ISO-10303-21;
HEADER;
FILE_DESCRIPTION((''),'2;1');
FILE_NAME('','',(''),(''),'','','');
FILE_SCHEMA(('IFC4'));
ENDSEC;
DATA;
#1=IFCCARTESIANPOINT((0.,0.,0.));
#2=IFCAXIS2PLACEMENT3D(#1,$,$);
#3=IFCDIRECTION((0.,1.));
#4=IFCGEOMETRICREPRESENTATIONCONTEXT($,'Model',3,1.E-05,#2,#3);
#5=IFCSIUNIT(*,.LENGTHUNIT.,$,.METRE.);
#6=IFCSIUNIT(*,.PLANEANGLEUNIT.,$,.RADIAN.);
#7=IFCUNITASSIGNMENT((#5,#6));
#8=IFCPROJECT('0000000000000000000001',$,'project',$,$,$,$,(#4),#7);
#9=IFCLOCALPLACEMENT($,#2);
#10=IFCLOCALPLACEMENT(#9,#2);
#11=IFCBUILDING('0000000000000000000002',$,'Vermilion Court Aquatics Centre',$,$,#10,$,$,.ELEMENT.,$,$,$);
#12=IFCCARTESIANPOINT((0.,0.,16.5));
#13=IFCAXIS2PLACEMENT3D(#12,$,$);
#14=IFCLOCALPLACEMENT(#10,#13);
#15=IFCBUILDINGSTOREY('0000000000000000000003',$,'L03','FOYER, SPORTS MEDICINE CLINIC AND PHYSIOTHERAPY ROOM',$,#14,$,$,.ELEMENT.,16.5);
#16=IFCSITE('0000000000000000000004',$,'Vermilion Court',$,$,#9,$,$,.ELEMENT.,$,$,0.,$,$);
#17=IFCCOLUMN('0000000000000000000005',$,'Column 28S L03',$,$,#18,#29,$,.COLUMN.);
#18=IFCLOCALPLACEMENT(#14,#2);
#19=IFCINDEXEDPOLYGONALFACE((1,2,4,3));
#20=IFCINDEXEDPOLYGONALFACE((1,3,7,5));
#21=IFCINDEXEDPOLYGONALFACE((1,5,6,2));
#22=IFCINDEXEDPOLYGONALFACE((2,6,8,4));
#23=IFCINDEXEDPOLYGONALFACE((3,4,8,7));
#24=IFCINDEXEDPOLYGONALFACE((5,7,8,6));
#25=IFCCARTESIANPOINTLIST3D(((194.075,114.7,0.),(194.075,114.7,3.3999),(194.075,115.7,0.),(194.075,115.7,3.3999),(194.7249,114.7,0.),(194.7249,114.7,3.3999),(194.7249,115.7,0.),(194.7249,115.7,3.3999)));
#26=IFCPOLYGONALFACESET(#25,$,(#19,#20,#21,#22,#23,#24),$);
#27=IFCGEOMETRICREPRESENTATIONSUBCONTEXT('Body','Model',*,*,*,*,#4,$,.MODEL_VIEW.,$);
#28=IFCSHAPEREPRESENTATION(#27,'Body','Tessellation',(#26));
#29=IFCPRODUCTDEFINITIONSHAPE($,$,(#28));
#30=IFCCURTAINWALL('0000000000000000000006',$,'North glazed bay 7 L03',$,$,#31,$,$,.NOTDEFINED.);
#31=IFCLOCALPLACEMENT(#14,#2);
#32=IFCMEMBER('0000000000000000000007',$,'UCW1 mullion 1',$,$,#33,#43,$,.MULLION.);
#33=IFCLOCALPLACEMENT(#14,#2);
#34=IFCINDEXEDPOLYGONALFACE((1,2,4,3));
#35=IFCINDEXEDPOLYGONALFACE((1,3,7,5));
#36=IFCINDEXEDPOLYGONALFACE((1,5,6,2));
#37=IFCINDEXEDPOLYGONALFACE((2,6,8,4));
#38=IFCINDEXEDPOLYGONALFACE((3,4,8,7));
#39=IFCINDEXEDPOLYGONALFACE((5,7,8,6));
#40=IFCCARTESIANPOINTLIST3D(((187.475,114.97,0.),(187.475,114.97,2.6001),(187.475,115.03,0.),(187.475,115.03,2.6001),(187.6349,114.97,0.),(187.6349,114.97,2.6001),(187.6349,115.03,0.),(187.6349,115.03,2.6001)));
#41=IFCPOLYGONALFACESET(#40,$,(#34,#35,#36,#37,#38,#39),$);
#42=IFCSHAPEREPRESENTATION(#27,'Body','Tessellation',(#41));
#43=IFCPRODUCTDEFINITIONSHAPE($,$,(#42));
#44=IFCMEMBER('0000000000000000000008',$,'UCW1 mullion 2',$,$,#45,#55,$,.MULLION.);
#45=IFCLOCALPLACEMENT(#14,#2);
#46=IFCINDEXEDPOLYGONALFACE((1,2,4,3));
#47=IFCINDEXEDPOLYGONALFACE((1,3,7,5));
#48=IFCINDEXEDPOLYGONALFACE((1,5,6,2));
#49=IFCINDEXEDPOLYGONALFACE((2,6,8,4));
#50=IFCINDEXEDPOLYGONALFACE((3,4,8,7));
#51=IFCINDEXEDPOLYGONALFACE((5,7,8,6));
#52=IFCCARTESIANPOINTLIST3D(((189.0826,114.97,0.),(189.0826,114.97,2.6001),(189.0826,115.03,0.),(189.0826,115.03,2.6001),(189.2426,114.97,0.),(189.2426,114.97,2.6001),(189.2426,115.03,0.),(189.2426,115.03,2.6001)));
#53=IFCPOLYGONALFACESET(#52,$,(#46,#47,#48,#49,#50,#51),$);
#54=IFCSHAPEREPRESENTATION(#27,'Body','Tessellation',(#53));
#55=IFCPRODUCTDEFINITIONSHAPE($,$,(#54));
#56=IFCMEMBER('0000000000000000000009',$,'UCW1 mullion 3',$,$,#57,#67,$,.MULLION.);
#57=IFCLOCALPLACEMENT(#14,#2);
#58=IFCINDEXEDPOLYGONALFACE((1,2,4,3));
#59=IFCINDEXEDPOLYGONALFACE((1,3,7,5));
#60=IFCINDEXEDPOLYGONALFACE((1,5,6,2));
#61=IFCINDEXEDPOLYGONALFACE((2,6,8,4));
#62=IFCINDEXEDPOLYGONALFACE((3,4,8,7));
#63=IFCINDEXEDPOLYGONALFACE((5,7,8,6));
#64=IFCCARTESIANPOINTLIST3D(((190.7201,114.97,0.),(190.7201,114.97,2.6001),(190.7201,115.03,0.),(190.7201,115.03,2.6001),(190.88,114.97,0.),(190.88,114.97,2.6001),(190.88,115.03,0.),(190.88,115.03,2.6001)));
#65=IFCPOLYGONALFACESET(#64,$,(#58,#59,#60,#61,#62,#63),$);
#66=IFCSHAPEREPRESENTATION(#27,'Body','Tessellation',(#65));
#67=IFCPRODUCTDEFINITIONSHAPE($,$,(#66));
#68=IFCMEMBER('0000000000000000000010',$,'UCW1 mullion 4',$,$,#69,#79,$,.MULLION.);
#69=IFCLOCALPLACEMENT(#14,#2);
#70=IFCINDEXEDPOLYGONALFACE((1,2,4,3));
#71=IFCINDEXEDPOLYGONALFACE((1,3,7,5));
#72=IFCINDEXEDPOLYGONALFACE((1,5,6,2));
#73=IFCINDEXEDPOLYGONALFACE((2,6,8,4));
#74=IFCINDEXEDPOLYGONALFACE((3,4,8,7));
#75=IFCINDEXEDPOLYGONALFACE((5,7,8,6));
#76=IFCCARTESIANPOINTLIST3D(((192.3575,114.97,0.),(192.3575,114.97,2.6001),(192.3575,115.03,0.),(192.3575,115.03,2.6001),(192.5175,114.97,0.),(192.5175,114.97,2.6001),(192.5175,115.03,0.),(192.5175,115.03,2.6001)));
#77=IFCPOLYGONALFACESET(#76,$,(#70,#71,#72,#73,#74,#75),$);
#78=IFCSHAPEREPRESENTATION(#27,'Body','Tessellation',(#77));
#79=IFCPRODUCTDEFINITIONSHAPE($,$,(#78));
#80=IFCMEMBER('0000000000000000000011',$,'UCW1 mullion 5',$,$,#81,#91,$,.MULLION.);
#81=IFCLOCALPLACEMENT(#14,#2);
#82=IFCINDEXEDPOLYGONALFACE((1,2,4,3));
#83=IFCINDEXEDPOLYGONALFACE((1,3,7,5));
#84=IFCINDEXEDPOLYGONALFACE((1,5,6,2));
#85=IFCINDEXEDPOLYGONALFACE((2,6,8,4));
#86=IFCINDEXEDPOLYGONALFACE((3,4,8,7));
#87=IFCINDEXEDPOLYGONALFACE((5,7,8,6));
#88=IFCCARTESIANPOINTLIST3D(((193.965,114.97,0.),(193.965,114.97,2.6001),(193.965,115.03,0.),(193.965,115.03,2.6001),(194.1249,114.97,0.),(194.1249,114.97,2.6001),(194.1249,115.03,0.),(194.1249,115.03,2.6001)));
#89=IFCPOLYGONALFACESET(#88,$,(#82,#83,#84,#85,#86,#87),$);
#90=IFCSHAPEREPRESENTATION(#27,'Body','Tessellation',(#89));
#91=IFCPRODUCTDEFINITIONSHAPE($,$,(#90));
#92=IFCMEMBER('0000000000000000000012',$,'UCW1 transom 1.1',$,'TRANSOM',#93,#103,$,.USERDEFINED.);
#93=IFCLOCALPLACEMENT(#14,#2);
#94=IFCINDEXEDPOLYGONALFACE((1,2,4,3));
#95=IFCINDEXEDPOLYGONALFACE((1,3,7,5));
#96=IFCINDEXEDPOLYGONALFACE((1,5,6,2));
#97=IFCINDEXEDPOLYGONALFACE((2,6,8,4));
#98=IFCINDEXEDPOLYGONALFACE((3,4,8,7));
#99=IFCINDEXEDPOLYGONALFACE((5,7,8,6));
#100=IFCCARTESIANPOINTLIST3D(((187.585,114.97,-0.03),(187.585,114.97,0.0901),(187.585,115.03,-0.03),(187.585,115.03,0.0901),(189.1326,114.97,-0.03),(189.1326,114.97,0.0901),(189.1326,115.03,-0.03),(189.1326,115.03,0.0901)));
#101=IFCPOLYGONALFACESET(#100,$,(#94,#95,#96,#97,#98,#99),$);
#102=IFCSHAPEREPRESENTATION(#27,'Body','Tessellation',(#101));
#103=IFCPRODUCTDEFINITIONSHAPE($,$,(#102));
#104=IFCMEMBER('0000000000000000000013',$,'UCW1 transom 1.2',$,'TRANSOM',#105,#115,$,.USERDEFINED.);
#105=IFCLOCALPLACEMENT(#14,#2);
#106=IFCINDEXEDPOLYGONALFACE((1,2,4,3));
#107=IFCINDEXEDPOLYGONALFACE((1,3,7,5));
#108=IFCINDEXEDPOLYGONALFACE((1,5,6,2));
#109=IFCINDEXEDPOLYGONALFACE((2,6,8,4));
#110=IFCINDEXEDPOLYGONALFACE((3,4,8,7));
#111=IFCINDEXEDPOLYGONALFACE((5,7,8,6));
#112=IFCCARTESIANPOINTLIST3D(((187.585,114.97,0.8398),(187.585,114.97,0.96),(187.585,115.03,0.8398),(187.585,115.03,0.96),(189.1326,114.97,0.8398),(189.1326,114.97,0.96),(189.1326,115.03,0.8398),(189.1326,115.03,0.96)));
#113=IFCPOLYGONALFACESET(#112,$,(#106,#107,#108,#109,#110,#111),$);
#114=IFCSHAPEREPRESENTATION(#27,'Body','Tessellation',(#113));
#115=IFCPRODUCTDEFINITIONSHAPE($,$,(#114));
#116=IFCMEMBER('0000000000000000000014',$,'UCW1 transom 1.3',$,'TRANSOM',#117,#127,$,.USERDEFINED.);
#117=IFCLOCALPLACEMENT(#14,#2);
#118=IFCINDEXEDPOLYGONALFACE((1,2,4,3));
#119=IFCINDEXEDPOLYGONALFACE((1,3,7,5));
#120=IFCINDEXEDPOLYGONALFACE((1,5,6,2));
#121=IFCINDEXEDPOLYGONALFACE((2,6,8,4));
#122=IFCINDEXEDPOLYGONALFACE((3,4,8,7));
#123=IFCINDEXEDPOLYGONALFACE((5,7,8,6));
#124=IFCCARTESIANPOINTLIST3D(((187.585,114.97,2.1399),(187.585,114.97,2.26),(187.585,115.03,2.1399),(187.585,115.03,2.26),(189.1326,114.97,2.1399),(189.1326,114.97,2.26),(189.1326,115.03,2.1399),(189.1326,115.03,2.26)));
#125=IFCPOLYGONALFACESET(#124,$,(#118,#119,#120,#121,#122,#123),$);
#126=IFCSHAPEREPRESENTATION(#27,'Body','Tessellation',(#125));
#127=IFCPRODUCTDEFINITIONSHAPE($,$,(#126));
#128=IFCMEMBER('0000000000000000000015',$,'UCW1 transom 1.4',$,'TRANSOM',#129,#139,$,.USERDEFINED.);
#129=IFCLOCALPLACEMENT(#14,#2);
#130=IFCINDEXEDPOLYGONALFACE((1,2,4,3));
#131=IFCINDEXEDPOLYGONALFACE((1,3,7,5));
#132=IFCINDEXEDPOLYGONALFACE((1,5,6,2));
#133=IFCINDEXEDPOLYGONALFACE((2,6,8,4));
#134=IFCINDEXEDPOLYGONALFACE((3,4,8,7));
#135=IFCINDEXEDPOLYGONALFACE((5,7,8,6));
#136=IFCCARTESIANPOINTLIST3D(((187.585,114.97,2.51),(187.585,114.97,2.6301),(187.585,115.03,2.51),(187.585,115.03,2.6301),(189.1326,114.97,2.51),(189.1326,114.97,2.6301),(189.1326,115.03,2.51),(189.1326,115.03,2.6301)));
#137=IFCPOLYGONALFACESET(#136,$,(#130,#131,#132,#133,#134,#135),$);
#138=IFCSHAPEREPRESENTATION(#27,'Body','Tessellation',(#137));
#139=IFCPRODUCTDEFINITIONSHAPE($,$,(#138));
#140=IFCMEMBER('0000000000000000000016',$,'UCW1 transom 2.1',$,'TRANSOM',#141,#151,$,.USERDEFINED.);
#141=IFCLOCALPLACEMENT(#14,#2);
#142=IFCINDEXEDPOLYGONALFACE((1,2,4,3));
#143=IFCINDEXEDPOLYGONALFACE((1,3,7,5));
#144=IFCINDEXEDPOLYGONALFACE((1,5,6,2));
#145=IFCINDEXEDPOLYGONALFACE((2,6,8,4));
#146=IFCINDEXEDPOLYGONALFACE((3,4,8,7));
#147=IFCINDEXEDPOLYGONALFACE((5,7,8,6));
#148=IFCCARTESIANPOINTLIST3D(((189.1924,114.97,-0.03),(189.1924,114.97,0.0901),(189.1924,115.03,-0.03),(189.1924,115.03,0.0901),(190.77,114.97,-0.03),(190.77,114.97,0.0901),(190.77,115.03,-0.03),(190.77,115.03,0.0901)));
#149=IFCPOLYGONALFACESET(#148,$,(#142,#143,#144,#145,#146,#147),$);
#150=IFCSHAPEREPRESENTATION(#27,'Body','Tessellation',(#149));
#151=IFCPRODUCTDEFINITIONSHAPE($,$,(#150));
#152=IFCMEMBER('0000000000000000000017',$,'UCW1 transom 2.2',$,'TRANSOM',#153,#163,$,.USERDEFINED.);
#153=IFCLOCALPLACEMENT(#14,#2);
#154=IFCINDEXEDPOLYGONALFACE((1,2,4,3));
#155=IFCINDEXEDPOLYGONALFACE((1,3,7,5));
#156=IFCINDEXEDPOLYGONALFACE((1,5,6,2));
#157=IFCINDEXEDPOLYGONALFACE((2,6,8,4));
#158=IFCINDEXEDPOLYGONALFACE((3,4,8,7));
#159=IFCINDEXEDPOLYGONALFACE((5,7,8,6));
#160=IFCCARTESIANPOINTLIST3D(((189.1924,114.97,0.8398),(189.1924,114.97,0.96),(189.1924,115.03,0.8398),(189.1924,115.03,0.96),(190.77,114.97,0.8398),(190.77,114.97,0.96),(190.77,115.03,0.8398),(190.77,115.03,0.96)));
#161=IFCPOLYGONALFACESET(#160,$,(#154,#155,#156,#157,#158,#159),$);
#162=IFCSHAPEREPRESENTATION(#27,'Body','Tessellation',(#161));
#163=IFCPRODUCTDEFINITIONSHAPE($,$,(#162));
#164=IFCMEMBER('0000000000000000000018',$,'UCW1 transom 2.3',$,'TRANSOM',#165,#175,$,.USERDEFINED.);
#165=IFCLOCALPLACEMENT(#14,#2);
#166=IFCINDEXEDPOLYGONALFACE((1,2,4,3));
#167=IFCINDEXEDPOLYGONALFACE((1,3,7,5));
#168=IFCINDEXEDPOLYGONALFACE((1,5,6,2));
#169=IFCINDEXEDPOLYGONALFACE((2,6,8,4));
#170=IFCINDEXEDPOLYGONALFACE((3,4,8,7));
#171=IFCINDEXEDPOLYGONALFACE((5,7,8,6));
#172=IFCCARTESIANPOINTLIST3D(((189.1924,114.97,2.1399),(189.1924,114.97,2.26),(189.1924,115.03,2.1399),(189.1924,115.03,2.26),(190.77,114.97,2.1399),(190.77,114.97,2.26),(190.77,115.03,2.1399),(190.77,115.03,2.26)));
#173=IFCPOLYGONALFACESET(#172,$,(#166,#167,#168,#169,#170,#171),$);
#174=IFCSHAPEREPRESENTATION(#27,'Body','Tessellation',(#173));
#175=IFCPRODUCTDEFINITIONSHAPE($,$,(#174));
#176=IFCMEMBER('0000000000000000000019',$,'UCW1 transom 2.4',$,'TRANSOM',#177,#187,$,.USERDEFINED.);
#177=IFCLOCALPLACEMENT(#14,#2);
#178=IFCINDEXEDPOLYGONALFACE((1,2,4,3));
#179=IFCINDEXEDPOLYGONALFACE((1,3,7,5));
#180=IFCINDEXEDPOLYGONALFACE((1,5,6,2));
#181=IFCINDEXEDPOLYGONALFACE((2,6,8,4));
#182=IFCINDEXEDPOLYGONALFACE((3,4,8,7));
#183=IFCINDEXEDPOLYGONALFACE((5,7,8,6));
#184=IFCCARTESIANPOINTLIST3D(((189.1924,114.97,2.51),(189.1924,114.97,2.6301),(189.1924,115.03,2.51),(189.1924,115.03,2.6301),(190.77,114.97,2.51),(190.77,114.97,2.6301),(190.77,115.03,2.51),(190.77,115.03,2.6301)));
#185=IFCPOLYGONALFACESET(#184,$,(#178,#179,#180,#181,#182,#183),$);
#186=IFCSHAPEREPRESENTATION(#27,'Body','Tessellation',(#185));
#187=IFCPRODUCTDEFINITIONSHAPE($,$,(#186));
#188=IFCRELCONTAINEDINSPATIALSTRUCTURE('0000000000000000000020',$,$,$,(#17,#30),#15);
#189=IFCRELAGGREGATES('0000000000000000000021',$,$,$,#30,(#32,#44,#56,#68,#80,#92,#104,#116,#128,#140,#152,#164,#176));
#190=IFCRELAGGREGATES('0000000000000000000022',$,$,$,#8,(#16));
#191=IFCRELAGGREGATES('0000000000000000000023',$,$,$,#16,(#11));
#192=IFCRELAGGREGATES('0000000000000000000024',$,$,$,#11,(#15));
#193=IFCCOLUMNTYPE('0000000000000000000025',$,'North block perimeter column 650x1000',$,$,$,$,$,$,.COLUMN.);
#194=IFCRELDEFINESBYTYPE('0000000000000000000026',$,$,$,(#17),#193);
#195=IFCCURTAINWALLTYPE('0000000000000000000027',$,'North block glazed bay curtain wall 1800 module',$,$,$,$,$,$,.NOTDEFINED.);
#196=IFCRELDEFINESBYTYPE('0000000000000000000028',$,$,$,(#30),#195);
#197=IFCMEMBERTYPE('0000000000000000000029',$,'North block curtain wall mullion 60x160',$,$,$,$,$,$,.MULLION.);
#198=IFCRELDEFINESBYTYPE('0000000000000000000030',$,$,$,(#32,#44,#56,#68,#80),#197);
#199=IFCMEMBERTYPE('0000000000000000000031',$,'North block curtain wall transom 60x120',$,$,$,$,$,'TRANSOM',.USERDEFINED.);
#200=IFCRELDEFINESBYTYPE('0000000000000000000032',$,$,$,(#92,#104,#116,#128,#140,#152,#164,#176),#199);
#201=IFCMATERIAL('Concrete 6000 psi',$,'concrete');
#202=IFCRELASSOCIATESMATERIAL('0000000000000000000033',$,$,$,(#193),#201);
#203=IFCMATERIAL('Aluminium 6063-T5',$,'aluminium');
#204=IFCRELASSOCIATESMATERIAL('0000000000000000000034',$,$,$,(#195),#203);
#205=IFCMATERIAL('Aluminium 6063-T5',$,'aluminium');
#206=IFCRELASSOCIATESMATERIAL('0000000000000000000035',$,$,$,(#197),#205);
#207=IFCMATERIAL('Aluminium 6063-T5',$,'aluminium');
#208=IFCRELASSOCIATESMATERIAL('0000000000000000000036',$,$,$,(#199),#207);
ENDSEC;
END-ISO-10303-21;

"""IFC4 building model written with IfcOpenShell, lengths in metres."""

from ifc_helpers import new_model, si_unit, direction, frame, origin, origin_2d, place, context, subcontext, project, spatial, rectangle, extrude, material, material_profile, profile_set, type_object, element, aggregate, save


model = new_model("IFC4")

# Units and contexts
model_context = context("Model", 3, precision=1e-05, world=origin(), true_north=direction((0.0, 1.0)))
body_context = subcontext(model_context, "Body", "Model", "MODEL_VIEW")
ifc_project = project(units=[si_unit("LENGTHUNIT", "METRE"), si_unit("PLANEANGLEUNIT", "RADIAN")], contexts=[model_context])

# Site, building, storey
site_placement = place(None, origin())
site = spatial("IfcSite", under=ifc_project, at=site_placement, Name="Vermilion Court", CompositionType="ELEMENT", RefElevation=0.0)
building_placement = place(site_placement, origin())
building = spatial("IfcBuilding", under=site, at=building_placement, Name="Vermilion Court Aquatics Centre", CompositionType="ELEMENT")
storey_placement = place(building_placement, frame((0.0, 0.0, 16.5)))
storey = spatial("IfcBuildingStorey", under=building, at=storey_placement, Name="L03", Description="FOYER, SPORTS MEDICINE CLINIC AND PHYSIOTHERAPY ROOM", CompositionType="ELEMENT", Elevation=16.5)

# Column
ifc_material_1 = material(Name="Concrete 6000 psi", Category="concrete")
ifc_material_profile_1 = material_profile(ifc_material_1, rectangle(XDim=0.6499, YDim=1.0, at=origin_2d()), Name="RC 650x1000")
ifc_profile_set_1 = profile_set([ifc_material_profile_1], Name="Concrete 6000 psi")
column_type = type_object("IfcColumnType", Name="North block perimeter column 650x1000", PredefinedType="COLUMN", material=ifc_profile_set_1)
column_placement = place(storey_placement, frame((194.3999, 115.2, 0.0), z_axis=(0.0, 0.0, 1.0), x_axis=(1.0, 0.0, 0.0)))
element("IfcColumn", 1, at=column_placement, inside=storey, type_object=column_type, Name="Column 28S L03", PredefinedType="COLUMN", context=body_context, shape_type="SweptSolid", body=[
    extrude(rectangle(XDim=0.6499, YDim=1.0, at=origin_2d()), origin(), (0.0, 0.0, 1.0), 3.3999),
])

# Curtain wall, members
ifc_material_2 = material(Name="Aluminium 6063-T5", Category="aluminium")
curtain_wall_type = type_object("IfcCurtainWallType", Name="North block glazed bay curtain wall 1800 module", PredefinedType="NOTDEFINED", material=ifc_material_2)
curtain_wall_placement = place(storey_placement, origin())
curtain_wall = element("IfcCurtainWall", 2, at=curtain_wall_placement, inside=storey, type_object=curtain_wall_type, Name="North glazed bay 7 L03", PredefinedType="NOTDEFINED")
ifc_material_3 = material(Name="Aluminium 6063-T5", Category="aluminium")
ifc_material_profile_2 = material_profile(ifc_material_3, rectangle(XDim=0.0601, YDim=0.1599, at=origin_2d()), Name="AL 60x160")
ifc_profile_set_2 = profile_set([ifc_material_profile_2], Name="Aluminium 6063-T5")
member_type_1 = type_object("IfcMemberType", Name="North block curtain wall mullion 60x160", PredefinedType="MULLION", material=ifc_profile_set_2)
member_1_placement = place(storey_placement, frame((187.5549, 115.0, 0.0), z_axis=(0.0, 0.0, 1.0), x_axis=(0.0, 1.0, 0.0)))
member_1 = element("IfcMember", 3, at=member_1_placement, type_object=member_type_1, Name="UCW1 mullion 1", PredefinedType="MULLION", context=body_context, shape_type="SweptSolid", body=[
    extrude(rectangle(XDim=0.0601, YDim=0.1599, at=origin_2d()), origin(), (0.0, 0.0, 1.0), 2.6001),
])
member_2_placement = place(storey_placement, frame((189.1626, 115.0, 0.0), z_axis=(0.0, 0.0, 1.0), x_axis=(0.0, 1.0, 0.0)))
member_2 = element("IfcMember", 4, at=member_2_placement, type_object=member_type_1, Name="UCW1 mullion 2", PredefinedType="MULLION", context=body_context, shape_type="SweptSolid", body=[
    extrude(rectangle(XDim=0.0601, YDim=0.1599, at=origin_2d()), origin(), (0.0, 0.0, 1.0), 2.6001),
])
member_3_placement = place(storey_placement, frame((190.8, 115.0, 0.0), z_axis=(0.0, 0.0, 1.0), x_axis=(0.0, 1.0, 0.0)))
member_3 = element("IfcMember", 5, at=member_3_placement, type_object=member_type_1, Name="UCW1 mullion 3", PredefinedType="MULLION", context=body_context, shape_type="SweptSolid", body=[
    extrude(rectangle(XDim=0.0601, YDim=0.1599, at=origin_2d()), origin(), (0.0, 0.0, 1.0), 2.6001),
])
member_4_placement = place(storey_placement, frame((192.4375, 115.0, 0.0), z_axis=(0.0, 0.0, 1.0), x_axis=(0.0, 1.0, 0.0)))
member_4 = element("IfcMember", 6, at=member_4_placement, type_object=member_type_1, Name="UCW1 mullion 4", PredefinedType="MULLION", context=body_context, shape_type="SweptSolid", body=[
    extrude(rectangle(XDim=0.0601, YDim=0.1599, at=origin_2d()), origin(), (0.0, 0.0, 1.0), 2.6001),
])
member_5_placement = place(storey_placement, frame((194.0449, 115.0, 0.0), z_axis=(0.0, 0.0, 1.0), x_axis=(0.0, 1.0, 0.0)))
member_5 = element("IfcMember", 7, at=member_5_placement, type_object=member_type_1, Name="UCW1 mullion 5", PredefinedType="MULLION", context=body_context, shape_type="SweptSolid", body=[
    extrude(rectangle(XDim=0.0601, YDim=0.1599, at=origin_2d()), origin(), (0.0, 0.0, 1.0), 2.6001),
])
ifc_material_4 = material(Name="Aluminium 6063-T5", Category="aluminium")
ifc_material_profile_3 = material_profile(ifc_material_4, rectangle(XDim=0.0601, YDim=0.1201, at=origin_2d()), Name="AL 60x120")
ifc_profile_set_3 = profile_set([ifc_material_profile_3], Name="Aluminium 6063-T5")
member_type_2 = type_object("IfcMemberType", Name="North block curtain wall transom 60x120", ElementType="TRANSOM", PredefinedType="USERDEFINED", material=ifc_profile_set_3)
member_6_placement = place(storey_placement, frame((187.585, 115.0, 0.03), z_axis=(1.0, 0.0, 0.0), x_axis=(0.0, 1.0, 0.0)))
member_6 = element("IfcMember", 8, at=member_6_placement, type_object=member_type_2, Name="UCW1 transom 1.1", ObjectType="TRANSOM", PredefinedType="USERDEFINED", context=body_context, shape_type="SweptSolid", body=[
    extrude(rectangle(XDim=0.0601, YDim=0.1201, at=origin_2d()), origin(), (0.0, 0.0, 1.0), 1.5476),
])
member_7_placement = place(storey_placement, frame((187.585, 115.0, 0.8999), z_axis=(1.0, 0.0, 0.0), x_axis=(0.0, 1.0, 0.0)))
member_7 = element("IfcMember", 9, at=member_7_placement, type_object=member_type_2, Name="UCW1 transom 1.2", ObjectType="TRANSOM", PredefinedType="USERDEFINED", context=body_context, shape_type="SweptSolid", body=[
    extrude(rectangle(XDim=0.0601, YDim=0.1201, at=origin_2d()), origin(), (0.0, 0.0, 1.0), 1.5476),
])
member_8_placement = place(storey_placement, frame((187.585, 115.0, 2.2), z_axis=(1.0, 0.0, 0.0), x_axis=(0.0, 1.0, 0.0)))
member_8 = element("IfcMember", 10, at=member_8_placement, type_object=member_type_2, Name="UCW1 transom 1.3", ObjectType="TRANSOM", PredefinedType="USERDEFINED", context=body_context, shape_type="SweptSolid", body=[
    extrude(rectangle(XDim=0.0601, YDim=0.1201, at=origin_2d()), origin(), (0.0, 0.0, 1.0), 1.5476),
])
member_9_placement = place(storey_placement, frame((187.585, 115.0, 2.5701), z_axis=(1.0, 0.0, 0.0), x_axis=(0.0, 1.0, 0.0)))
member_9 = element("IfcMember", 11, at=member_9_placement, type_object=member_type_2, Name="UCW1 transom 1.4", ObjectType="TRANSOM", PredefinedType="USERDEFINED", context=body_context, shape_type="SweptSolid", body=[
    extrude(rectangle(XDim=0.0601, YDim=0.1201, at=origin_2d()), origin(), (0.0, 0.0, 1.0), 1.5476),
])
member_10_placement = place(storey_placement, frame((189.1924, 115.0, 0.03), z_axis=(1.0, 0.0, 0.0), x_axis=(0.0, 1.0, 0.0)))
member_10 = element("IfcMember", 12, at=member_10_placement, type_object=member_type_2, Name="UCW1 transom 2.1", ObjectType="TRANSOM", PredefinedType="USERDEFINED", context=body_context, shape_type="SweptSolid", body=[
    extrude(rectangle(XDim=0.0601, YDim=0.1201, at=origin_2d()), origin(), (0.0, 0.0, 1.0), 1.5776),
])
member_11_placement = place(storey_placement, frame((189.1924, 115.0, 0.8999), z_axis=(1.0, 0.0, 0.0), x_axis=(0.0, 1.0, 0.0)))
member_11 = element("IfcMember", 13, at=member_11_placement, type_object=member_type_2, Name="UCW1 transom 2.2", ObjectType="TRANSOM", PredefinedType="USERDEFINED", context=body_context, shape_type="SweptSolid", body=[
    extrude(rectangle(XDim=0.0601, YDim=0.1201, at=origin_2d()), origin(), (0.0, 0.0, 1.0), 1.5776),
])
member_12_placement = place(storey_placement, frame((189.1924, 115.0, 2.2), z_axis=(1.0, 0.0, 0.0), x_axis=(0.0, 1.0, 0.0)))
member_12 = element("IfcMember", 14, at=member_12_placement, type_object=member_type_2, Name="UCW1 transom 2.3", ObjectType="TRANSOM", PredefinedType="USERDEFINED", context=body_context, shape_type="SweptSolid", body=[
    extrude(rectangle(XDim=0.0601, YDim=0.1201, at=origin_2d()), origin(), (0.0, 0.0, 1.0), 1.5776),
])
member_13_placement = place(storey_placement, frame((189.1924, 115.0, 2.5701), z_axis=(1.0, 0.0, 0.0), x_axis=(0.0, 1.0, 0.0)))
member_13 = element("IfcMember", 15, at=member_13_placement, type_object=member_type_2, Name="UCW1 transom 2.4", ObjectType="TRANSOM", PredefinedType="USERDEFINED", context=body_context, shape_type="SweptSolid", body=[
    extrude(rectangle(XDim=0.0601, YDim=0.1201, at=origin_2d()), origin(), (0.0, 0.0, 1.0), 1.5776),
])
aggregate(curtain_wall, [member_1, member_2, member_3, member_4, member_5, member_6, member_7, member_8, member_9, member_10, member_11, member_12, member_13])

save(model, "model.ifc")
